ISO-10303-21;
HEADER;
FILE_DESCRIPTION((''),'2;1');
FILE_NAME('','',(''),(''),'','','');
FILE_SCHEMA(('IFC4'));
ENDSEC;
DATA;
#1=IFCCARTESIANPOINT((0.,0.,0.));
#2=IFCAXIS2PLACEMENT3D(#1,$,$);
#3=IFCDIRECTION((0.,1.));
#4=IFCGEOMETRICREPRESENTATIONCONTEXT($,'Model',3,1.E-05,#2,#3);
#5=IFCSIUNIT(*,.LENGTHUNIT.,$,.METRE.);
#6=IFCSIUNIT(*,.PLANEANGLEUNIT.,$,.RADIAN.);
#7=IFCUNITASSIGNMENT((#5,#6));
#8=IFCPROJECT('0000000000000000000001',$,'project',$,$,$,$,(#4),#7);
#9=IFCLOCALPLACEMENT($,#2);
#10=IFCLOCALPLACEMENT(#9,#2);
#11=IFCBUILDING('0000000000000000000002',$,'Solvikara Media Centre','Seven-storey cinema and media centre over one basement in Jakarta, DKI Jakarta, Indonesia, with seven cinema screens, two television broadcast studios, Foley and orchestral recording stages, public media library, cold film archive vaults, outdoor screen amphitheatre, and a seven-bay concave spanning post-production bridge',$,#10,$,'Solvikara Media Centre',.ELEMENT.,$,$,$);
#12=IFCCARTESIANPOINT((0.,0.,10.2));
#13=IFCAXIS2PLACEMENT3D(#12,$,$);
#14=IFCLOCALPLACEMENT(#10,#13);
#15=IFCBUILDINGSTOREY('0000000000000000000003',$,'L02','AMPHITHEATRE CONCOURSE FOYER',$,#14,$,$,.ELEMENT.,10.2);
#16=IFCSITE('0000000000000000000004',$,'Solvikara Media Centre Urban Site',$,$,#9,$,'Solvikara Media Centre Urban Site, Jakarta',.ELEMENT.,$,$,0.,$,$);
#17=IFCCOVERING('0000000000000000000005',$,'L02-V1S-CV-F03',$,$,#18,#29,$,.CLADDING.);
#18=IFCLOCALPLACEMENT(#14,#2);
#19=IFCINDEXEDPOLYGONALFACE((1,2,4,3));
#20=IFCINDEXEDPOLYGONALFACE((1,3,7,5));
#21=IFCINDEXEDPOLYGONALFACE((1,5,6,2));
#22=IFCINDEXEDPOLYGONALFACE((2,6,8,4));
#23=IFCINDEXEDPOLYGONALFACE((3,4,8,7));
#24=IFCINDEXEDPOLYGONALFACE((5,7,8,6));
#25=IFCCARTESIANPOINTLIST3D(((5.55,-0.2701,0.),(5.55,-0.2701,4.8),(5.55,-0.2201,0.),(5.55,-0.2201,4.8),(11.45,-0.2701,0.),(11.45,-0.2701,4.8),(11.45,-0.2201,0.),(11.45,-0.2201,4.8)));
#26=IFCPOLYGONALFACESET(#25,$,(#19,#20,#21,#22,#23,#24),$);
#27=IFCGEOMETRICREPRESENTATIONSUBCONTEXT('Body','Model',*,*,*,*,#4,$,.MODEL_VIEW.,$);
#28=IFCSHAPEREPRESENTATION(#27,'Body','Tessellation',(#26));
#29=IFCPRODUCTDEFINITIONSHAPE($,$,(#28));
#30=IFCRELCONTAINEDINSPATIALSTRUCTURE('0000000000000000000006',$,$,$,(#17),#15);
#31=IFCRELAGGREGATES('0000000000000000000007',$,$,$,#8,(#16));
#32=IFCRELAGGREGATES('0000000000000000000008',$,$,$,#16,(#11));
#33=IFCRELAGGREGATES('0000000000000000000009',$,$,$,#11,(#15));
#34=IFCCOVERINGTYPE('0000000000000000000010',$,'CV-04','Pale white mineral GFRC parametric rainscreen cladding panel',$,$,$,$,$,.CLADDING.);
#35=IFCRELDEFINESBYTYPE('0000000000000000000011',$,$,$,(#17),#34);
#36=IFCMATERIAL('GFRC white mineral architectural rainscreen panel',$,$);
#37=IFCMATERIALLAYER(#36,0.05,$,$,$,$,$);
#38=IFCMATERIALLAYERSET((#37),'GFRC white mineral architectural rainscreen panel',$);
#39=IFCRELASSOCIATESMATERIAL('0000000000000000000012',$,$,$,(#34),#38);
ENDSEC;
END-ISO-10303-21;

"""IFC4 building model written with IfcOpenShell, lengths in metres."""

from ifc_helpers import new_model, si_unit, direction, frame, origin, origin_2d, place, context, subcontext, project, spatial, rectangle, extrude, material, layer, layer_set, type_object, element, save


model = new_model("IFC4")

# Units and contexts
model_context = context("Model", 3, precision=1e-05, world=origin(), true_north=direction((0.0, 1.0)))
body_context = subcontext(model_context, "Body", "Model", "MODEL_VIEW")
ifc_project = project(units=[si_unit("LENGTHUNIT", "METRE"), si_unit("PLANEANGLEUNIT", "RADIAN")], contexts=[model_context])

# Site, building, storey
site_placement = place(None, origin())
site = spatial("IfcSite", under=ifc_project, at=site_placement, Name="Solvikara Media Centre Urban Site", LongName="Solvikara Media Centre Urban Site, Jakarta", CompositionType="ELEMENT", RefElevation=0.0)
building_placement = place(site_placement, origin())
building = spatial("IfcBuilding", under=site, at=building_placement, Name="Solvikara Media Centre", Description="Seven-storey cinema and media centre over one basement in Jakarta, DKI Jakarta, Indonesia, with seven cinema screens, two television broadcast studios, Foley and orchestral recording stages, public media library, cold film archive vaults, outdoor screen amphitheatre, and a seven-bay concave spanning post-production bridge", LongName="Solvikara Media Centre", CompositionType="ELEMENT")
storey_placement = place(building_placement, frame((0.0, 0.0, 10.2)))
storey = spatial("IfcBuildingStorey", under=building, at=storey_placement, Name="L02", Description="AMPHITHEATRE CONCOURSE FOYER", CompositionType="ELEMENT", Elevation=10.2)

# Covering
ifc_material_1 = material(Name="GFRC white mineral architectural rainscreen panel")
ifc_layer_1 = layer(ifc_material_1, 0.05)
ifc_layer_set_1 = layer_set([ifc_layer_1], Name="GFRC white mineral architectural rainscreen panel")
covering_type_1 = type_object("IfcCoveringType", Name="CV-04", Description="Pale white mineral GFRC parametric rainscreen cladding panel", PredefinedType="CLADDING", material=ifc_layer_set_1)
covering_1_placement = place(storey_placement, frame((8.5, -0.2451, 0.0), z_axis=(0.0, 0.0, 1.0), x_axis=(1.0, 0.0, 0.0)))
element("IfcCovering", 1, at=covering_1_placement, inside=storey, type_object=covering_type_1, Name="L02-V1S-CV-F03", PredefinedType="CLADDING", context=body_context, shape_type="SweptSolid", body=[
    extrude(rectangle(XDim=5.8999, YDim=0.05, at=origin_2d()), origin(), (0.0, 0.0, 1.0), 4.8),
])

save(model, "model.ifc")
